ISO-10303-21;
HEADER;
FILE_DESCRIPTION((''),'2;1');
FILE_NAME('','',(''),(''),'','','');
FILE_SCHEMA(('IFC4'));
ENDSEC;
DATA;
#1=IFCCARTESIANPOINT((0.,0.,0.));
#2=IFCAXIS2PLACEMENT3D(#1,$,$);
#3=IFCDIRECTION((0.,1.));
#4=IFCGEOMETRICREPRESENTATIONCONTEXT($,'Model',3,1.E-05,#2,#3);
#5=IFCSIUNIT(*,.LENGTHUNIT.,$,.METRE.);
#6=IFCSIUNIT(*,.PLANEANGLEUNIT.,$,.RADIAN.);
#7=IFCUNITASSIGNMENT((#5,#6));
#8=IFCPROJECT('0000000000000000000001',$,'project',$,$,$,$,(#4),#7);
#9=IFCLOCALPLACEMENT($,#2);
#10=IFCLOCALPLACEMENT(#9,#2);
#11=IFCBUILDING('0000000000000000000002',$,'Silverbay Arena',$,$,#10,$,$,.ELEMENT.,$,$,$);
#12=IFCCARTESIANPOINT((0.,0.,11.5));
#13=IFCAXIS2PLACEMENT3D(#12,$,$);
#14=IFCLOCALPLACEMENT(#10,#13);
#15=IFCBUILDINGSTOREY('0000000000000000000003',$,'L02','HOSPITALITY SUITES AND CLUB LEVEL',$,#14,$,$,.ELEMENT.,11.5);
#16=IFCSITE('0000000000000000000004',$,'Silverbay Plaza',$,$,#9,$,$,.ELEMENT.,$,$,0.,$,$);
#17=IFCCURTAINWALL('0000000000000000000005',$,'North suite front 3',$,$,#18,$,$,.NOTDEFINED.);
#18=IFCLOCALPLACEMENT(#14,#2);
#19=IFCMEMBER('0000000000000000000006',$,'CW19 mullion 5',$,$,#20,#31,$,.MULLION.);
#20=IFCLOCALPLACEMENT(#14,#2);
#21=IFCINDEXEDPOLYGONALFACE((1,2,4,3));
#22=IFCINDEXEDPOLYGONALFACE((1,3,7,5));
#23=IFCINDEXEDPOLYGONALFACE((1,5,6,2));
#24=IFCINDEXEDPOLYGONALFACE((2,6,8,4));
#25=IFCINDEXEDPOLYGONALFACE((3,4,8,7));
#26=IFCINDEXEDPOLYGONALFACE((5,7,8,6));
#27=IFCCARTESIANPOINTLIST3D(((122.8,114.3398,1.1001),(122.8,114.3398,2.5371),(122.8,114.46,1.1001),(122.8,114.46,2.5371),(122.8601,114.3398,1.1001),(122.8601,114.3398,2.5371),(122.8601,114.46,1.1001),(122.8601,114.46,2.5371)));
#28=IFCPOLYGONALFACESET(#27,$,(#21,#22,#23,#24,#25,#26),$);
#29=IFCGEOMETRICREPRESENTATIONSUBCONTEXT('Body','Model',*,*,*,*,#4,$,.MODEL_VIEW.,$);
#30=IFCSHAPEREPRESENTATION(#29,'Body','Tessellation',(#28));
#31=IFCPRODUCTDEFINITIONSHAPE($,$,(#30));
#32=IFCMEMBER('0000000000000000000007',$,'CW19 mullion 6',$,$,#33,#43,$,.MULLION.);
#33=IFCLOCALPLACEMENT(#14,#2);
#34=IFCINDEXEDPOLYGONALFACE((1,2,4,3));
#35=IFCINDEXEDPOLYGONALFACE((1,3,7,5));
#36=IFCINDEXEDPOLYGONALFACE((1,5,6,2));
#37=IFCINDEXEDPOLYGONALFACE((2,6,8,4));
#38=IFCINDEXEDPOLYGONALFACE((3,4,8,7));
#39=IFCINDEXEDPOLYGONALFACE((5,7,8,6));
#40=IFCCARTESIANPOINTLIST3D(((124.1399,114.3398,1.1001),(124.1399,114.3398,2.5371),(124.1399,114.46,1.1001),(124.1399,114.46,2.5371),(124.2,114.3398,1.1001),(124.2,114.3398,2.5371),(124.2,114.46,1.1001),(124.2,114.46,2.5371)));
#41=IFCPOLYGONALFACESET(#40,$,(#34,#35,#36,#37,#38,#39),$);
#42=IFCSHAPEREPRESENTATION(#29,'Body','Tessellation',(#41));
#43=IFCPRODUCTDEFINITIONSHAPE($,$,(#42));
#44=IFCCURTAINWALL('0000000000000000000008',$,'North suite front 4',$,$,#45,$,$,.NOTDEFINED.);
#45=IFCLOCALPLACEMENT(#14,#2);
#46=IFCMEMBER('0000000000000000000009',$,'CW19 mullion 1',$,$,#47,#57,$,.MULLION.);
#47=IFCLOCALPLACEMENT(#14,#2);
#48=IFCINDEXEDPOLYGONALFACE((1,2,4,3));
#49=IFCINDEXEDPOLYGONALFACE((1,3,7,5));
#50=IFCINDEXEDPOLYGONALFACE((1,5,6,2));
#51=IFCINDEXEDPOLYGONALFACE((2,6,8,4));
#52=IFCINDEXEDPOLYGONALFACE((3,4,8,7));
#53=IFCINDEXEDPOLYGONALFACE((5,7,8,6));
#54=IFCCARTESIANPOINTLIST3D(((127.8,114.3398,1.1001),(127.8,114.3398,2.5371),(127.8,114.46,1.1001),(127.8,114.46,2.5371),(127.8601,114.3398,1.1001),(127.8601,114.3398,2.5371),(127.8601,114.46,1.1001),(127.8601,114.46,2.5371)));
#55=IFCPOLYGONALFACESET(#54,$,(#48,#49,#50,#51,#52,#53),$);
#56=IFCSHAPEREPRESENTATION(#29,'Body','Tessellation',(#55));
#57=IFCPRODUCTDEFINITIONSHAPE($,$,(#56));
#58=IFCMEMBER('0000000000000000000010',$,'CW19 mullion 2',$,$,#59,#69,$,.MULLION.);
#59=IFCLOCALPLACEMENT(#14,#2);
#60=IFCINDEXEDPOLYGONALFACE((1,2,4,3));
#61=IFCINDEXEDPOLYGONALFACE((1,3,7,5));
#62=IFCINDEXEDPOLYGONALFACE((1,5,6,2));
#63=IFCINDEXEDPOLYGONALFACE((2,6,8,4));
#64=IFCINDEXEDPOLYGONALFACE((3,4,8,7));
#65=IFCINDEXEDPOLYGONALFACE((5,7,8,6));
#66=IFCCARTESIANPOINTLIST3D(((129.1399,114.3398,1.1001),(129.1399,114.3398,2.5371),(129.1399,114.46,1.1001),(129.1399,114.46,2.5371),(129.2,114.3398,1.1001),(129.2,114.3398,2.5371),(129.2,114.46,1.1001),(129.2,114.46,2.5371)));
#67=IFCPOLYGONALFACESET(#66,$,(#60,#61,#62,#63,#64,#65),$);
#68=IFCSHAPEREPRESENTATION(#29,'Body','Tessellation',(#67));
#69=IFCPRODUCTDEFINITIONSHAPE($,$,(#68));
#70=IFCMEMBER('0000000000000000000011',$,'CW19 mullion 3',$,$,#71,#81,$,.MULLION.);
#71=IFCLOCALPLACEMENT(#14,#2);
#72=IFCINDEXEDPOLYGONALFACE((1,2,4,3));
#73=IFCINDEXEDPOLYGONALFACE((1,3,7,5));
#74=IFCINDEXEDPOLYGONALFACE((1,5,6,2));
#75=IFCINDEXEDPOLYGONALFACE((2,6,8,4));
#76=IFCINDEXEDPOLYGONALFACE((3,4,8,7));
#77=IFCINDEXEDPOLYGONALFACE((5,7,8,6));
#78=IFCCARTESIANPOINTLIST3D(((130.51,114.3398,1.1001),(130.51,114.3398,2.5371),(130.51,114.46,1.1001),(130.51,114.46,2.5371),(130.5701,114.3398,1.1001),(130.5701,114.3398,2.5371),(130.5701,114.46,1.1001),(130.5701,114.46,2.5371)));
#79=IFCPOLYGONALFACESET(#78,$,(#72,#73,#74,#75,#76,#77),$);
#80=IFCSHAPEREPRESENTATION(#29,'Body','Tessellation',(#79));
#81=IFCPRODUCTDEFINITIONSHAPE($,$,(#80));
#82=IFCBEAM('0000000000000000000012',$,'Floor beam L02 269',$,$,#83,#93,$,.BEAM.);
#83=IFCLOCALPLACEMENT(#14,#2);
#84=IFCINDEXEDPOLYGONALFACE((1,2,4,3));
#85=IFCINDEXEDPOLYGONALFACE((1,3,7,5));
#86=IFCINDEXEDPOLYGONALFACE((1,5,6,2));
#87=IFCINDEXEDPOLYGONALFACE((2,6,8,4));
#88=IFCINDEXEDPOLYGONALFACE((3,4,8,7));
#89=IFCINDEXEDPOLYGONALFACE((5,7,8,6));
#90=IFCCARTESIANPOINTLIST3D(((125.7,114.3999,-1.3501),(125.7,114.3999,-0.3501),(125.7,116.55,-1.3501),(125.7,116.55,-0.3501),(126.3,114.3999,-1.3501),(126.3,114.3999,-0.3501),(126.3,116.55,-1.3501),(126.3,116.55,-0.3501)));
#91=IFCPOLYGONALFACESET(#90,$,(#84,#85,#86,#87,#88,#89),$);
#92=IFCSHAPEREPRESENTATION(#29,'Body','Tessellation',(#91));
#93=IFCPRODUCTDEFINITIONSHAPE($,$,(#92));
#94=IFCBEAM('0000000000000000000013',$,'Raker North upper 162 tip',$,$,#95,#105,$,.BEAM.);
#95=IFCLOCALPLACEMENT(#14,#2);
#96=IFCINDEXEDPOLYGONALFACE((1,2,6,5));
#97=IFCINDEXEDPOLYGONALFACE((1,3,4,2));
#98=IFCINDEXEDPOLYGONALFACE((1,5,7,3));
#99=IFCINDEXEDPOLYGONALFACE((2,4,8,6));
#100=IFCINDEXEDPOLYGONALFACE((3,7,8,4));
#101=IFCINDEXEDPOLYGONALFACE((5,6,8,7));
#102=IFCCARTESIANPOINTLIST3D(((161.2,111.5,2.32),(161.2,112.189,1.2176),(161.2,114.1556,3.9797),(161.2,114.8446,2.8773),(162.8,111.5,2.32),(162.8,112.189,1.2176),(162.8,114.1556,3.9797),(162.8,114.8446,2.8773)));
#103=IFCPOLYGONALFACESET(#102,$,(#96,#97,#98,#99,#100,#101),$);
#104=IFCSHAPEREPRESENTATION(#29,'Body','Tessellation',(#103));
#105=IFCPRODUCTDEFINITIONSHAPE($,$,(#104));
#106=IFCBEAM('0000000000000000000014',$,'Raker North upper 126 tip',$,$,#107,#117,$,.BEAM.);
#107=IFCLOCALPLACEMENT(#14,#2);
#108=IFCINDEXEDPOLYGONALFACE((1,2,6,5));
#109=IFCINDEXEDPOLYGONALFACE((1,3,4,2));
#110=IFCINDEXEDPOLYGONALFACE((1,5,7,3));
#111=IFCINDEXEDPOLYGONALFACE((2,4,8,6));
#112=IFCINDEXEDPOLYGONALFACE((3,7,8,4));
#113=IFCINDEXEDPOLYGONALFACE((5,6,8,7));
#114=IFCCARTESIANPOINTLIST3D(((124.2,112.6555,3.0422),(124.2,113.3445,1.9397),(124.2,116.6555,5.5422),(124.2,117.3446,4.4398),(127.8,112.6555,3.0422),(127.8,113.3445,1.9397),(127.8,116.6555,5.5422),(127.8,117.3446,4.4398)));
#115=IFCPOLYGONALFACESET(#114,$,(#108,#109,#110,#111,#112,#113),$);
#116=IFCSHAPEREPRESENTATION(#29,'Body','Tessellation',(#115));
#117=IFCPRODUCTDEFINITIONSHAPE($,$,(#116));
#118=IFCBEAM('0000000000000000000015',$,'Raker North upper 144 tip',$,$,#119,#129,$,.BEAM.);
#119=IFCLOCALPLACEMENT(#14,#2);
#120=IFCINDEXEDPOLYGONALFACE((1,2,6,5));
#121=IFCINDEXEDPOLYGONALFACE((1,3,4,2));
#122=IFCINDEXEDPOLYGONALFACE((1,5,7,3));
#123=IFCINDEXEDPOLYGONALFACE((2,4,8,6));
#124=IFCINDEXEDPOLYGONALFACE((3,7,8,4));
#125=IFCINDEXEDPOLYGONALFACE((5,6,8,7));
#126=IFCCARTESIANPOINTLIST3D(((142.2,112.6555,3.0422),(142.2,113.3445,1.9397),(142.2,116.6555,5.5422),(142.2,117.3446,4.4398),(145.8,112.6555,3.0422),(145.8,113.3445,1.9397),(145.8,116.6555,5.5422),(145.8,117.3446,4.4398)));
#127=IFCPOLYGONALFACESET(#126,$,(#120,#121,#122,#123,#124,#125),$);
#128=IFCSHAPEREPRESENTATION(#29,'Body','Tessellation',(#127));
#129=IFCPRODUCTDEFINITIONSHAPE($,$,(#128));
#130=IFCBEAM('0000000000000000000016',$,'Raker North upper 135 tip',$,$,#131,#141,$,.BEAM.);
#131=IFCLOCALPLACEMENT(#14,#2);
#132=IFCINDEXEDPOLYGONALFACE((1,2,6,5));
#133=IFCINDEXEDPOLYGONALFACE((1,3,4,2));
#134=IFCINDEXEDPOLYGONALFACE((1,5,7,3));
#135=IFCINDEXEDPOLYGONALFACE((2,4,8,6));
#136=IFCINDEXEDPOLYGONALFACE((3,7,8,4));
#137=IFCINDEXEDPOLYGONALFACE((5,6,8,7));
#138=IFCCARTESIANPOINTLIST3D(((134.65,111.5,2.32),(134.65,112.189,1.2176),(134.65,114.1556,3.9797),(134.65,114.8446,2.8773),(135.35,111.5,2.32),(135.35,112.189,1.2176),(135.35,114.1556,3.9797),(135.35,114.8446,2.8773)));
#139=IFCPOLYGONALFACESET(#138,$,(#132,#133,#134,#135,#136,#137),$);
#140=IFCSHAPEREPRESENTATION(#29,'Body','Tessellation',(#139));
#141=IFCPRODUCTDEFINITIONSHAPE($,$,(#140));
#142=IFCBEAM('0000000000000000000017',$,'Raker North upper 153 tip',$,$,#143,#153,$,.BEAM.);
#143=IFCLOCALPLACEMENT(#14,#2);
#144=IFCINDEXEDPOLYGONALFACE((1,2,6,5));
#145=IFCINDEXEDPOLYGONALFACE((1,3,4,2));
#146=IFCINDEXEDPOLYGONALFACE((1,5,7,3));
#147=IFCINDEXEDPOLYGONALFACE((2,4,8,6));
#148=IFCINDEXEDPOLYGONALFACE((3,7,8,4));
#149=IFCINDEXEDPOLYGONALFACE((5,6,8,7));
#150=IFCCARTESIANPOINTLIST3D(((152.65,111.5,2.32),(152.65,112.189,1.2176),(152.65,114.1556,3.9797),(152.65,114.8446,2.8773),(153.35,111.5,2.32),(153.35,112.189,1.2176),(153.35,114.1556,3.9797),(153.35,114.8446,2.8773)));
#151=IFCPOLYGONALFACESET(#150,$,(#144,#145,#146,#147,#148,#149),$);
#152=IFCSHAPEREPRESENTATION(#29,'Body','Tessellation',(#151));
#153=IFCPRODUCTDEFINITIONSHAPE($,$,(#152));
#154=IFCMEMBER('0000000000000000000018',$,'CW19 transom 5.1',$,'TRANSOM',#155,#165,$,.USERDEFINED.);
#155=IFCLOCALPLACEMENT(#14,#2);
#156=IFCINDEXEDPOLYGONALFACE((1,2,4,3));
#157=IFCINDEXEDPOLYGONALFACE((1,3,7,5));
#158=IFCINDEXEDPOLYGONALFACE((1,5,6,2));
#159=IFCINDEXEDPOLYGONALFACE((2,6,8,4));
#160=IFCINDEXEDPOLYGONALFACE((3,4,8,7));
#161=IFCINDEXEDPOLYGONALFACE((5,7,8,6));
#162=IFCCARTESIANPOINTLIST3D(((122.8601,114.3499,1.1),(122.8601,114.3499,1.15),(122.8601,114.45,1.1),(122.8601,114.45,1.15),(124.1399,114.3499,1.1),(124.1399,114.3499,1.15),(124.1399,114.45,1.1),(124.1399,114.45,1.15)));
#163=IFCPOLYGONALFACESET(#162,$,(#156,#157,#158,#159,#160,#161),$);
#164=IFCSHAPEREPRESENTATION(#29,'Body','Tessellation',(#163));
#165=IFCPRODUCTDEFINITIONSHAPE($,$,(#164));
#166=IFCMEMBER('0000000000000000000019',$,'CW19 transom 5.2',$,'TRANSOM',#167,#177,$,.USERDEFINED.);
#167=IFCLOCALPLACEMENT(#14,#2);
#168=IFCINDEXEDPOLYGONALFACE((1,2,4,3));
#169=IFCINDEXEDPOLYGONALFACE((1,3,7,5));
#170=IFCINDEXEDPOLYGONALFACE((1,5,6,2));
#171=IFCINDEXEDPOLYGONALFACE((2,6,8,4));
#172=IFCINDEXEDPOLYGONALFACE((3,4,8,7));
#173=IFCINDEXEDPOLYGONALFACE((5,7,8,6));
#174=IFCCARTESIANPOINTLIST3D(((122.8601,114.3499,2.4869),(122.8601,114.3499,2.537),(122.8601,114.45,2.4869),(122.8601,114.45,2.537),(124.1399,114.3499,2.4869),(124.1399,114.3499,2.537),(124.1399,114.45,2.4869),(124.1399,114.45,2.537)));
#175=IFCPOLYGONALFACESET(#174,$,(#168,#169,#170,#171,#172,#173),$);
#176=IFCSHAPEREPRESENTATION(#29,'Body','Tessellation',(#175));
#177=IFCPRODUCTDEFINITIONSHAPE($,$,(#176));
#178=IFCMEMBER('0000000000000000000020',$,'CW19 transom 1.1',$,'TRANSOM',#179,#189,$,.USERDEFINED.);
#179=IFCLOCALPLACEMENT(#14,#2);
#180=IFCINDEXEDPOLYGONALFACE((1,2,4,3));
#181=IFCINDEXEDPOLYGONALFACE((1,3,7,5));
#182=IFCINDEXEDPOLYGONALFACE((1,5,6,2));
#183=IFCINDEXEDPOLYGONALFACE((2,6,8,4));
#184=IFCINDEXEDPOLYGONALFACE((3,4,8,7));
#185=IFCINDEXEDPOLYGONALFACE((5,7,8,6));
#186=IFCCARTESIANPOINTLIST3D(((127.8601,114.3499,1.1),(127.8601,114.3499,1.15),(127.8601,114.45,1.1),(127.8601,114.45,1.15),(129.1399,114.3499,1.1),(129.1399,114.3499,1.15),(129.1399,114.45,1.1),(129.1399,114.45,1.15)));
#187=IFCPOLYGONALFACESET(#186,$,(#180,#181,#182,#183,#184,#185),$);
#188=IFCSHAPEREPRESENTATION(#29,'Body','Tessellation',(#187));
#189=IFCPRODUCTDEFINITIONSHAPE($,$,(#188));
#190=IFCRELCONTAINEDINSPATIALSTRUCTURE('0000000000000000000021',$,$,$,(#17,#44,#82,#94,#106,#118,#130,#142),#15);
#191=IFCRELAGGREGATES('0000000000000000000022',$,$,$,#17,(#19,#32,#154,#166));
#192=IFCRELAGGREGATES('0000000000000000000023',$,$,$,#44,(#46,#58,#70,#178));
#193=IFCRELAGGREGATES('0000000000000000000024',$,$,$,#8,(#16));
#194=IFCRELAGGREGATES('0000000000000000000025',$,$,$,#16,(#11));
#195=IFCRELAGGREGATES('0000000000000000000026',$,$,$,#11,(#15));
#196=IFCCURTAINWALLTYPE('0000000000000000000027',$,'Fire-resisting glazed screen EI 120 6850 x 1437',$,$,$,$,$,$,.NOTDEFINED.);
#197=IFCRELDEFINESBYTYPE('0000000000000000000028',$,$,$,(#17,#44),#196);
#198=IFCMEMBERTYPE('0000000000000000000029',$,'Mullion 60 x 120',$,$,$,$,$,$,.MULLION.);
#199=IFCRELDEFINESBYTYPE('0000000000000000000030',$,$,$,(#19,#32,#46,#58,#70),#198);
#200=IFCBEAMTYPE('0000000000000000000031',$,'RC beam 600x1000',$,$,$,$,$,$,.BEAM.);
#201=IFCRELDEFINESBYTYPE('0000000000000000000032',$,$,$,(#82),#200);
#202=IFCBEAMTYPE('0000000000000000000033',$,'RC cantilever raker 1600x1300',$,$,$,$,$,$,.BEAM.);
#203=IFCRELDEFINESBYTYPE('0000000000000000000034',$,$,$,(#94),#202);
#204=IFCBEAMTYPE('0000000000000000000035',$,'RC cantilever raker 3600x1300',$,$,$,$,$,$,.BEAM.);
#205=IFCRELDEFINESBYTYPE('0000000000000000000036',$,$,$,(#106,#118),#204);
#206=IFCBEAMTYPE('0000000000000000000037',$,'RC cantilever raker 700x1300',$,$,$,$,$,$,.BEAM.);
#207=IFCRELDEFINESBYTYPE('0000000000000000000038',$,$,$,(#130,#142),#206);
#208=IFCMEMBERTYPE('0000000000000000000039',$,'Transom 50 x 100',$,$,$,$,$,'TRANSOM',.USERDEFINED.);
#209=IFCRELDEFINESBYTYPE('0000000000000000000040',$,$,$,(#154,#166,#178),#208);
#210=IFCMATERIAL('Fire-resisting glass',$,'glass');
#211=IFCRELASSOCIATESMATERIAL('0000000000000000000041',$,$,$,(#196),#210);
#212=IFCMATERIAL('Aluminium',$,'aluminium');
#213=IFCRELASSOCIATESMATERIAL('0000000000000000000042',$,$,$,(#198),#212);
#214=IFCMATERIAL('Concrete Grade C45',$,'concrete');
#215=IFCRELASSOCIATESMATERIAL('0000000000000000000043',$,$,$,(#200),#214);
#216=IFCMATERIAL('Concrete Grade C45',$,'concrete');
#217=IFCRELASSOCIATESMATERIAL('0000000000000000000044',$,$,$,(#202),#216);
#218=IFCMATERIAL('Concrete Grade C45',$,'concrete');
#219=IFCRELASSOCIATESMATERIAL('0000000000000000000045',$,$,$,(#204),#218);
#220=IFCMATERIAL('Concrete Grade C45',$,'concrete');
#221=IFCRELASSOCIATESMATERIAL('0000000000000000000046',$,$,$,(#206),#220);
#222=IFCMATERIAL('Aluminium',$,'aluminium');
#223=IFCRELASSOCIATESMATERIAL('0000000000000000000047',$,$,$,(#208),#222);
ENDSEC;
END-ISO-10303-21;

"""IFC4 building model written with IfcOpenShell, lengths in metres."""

from ifc_helpers import new_model, si_unit, direction, frame, origin, origin_2d, place, context, subcontext, project, spatial, rectangle, extrude, material, material_profile, profile_set, type_object, element, aggregate, save


model = new_model("IFC4")

# Units and contexts
model_context = context("Model", 3, precision=1e-05, world=origin(), true_north=direction((0.0, 1.0)))
body_context = subcontext(model_context, "Body", "Model", "MODEL_VIEW")
ifc_project = project(units=[si_unit("LENGTHUNIT", "METRE"), si_unit("PLANEANGLEUNIT", "RADIAN")], contexts=[model_context])

# Site, building, storey
site_placement = place(None, origin())
site = spatial("IfcSite", under=ifc_project, at=site_placement, Name="Silverbay Plaza", CompositionType="ELEMENT", RefElevation=0.0)
building_placement = place(site_placement, origin())
building = spatial("IfcBuilding", under=site, at=building_placement, Name="Silverbay Arena", CompositionType="ELEMENT")
storey_placement = place(building_placement, frame((0.0, 0.0, 11.5)))
storey = spatial("IfcBuildingStorey", under=building, at=storey_placement, Name="L02", Description="HOSPITALITY SUITES AND CLUB LEVEL", CompositionType="ELEMENT", Elevation=11.5)

# Curtain walls, members
ifc_material_1 = material(Name="Fire-resisting glass", Category="glass")
curtain_wall_type = type_object("IfcCurtainWallType", Name="Fire-resisting glazed screen EI 120 6850 x 1437", PredefinedType="NOTDEFINED", material=ifc_material_1)
curtain_wall_1_placement = place(storey_placement, origin())
curtain_wall_1 = element("IfcCurtainWall", 1, at=curtain_wall_1_placement, inside=storey, type_object=curtain_wall_type, Name="North suite front 3", PredefinedType="NOTDEFINED")
ifc_material_2 = material(Name="Aluminium", Category="aluminium")
ifc_material_profile_1 = material_profile(ifc_material_2, rectangle(XDim=0.1201, YDim=0.0601, at=origin_2d()), Name="Mullion 60 x 120")
ifc_profile_set_1 = profile_set([ifc_material_profile_1], Name="Aluminium")
member_type_1 = type_object("IfcMemberType", Name="Mullion 60 x 120", PredefinedType="MULLION", material=ifc_profile_set_1)
member_1_placement = place(storey_placement, frame((122.8301, 114.3999, 1.1001), z_axis=(0.0, 0.0, 1.0), x_axis=(0.0, 1.0, 0.0)))
member_1 = element("IfcMember", 2, at=member_1_placement, type_object=member_type_1, Name="CW19 mullion 5", PredefinedType="MULLION", context=body_context, shape_type="SweptSolid", body=[
    extrude(rectangle(XDim=0.1201, YDim=0.0601, at=origin_2d()), origin(), (0.0, 0.0, 1.0), 1.437),
])
member_2_placement = place(storey_placement, frame((124.1699, 114.3999, 1.1001), z_axis=(0.0, 0.0, 1.0), x_axis=(0.0, 1.0, 0.0)))
member_2 = element("IfcMember", 3, at=member_2_placement, type_object=member_type_1, Name="CW19 mullion 6", PredefinedType="MULLION", context=body_context, shape_type="SweptSolid", body=[
    extrude(rectangle(XDim=0.1201, YDim=0.0601, at=origin_2d()), origin(), (0.0, 0.0, 1.0), 1.437),
])
curtain_wall_2_placement = place(storey_placement, origin())
curtain_wall_2 = element("IfcCurtainWall", 4, at=curtain_wall_2_placement, inside=storey, type_object=curtain_wall_type, Name="North suite front 4", PredefinedType="NOTDEFINED")
member_3_placement = place(storey_placement, frame((127.8301, 114.3999, 1.1001), z_axis=(0.0, 0.0, 1.0), x_axis=(0.0, 1.0, 0.0)))
member_3 = element("IfcMember", 5, at=member_3_placement, type_object=member_type_1, Name="CW19 mullion 1", PredefinedType="MULLION", context=body_context, shape_type="SweptSolid", body=[
    extrude(rectangle(XDim=0.1201, YDim=0.0601, at=origin_2d()), origin(), (0.0, 0.0, 1.0), 1.437),
])
member_4_placement = place(storey_placement, frame((129.1699, 114.3999, 1.1001), z_axis=(0.0, 0.0, 1.0), x_axis=(0.0, 1.0, 0.0)))
member_4 = element("IfcMember", 6, at=member_4_placement, type_object=member_type_1, Name="CW19 mullion 2", PredefinedType="MULLION", context=body_context, shape_type="SweptSolid", body=[
    extrude(rectangle(XDim=0.1201, YDim=0.0601, at=origin_2d()), origin(), (0.0, 0.0, 1.0), 1.437),
])
member_5_placement = place(storey_placement, frame((130.54, 114.3999, 1.1001), z_axis=(0.0, 0.0, 1.0), x_axis=(0.0, 1.0, 0.0)))
member_5 = element("IfcMember", 7, at=member_5_placement, type_object=member_type_1, Name="CW19 mullion 3", PredefinedType="MULLION", context=body_context, shape_type="SweptSolid", body=[
    extrude(rectangle(XDim=0.1201, YDim=0.0601, at=origin_2d()), origin(), (0.0, 0.0, 1.0), 1.437),
])

# Beams
ifc_material_3 = material(Name="Concrete Grade C45", Category="concrete")
ifc_material_profile_2 = material_profile(ifc_material_3, rectangle(XDim=0.6001, YDim=1.0, at=origin_2d()), Name="RC 600x1000")
ifc_profile_set_2 = profile_set([ifc_material_profile_2], Name="Concrete Grade C45")
beam_type_1 = type_object("IfcBeamType", Name="RC beam 600x1000", PredefinedType="BEAM", material=ifc_profile_set_2)
beam_1_placement = place(storey_placement, frame((126.0, 114.3999, -0.8501), z_axis=(0.0, 1.0, 0.0), x_axis=(-1.0, 0.0, 0.0)))
element("IfcBeam", 8, at=beam_1_placement, inside=storey, type_object=beam_type_1, Name="Floor beam L02 269", PredefinedType="BEAM", context=body_context, shape_type="SweptSolid", body=[
    extrude(rectangle(XDim=0.6001, YDim=1.0, at=origin_2d()), origin(), (0.0, 0.0, 1.0), 2.1501),
])
ifc_material_4 = material(Name="Concrete Grade C45", Category="concrete")
ifc_material_profile_3 = material_profile(ifc_material_4, rectangle(XDim=1.6001, YDim=1.3, at=origin_2d()), Name="RC 1600x1300")
ifc_profile_set_3 = profile_set([ifc_material_profile_3], Name="Concrete Grade C45")
beam_type_2 = type_object("IfcBeamType", Name="RC cantilever raker 1600x1300", PredefinedType="BEAM", material=ifc_profile_set_3)
beam_2_placement = place(storey_placement, frame((162.0, 111.8445, 1.7688), z_axis=(0.0, 0.848003, 0.529992), x_axis=(-1.0, 0.0, 0.0)))
element("IfcBeam", 9, at=beam_2_placement, inside=storey, type_object=beam_type_2, Name="Raker North upper 162 tip", PredefinedType="BEAM", context=body_context, shape_type="SweptSolid", body=[
    extrude(rectangle(XDim=1.6001, YDim=1.3, at=origin_2d()), origin(), (0.0, 0.0, 1.0), 3.1316),
])
ifc_material_5 = material(Name="Concrete Grade C45", Category="concrete")
ifc_material_profile_4 = material_profile(ifc_material_5, rectangle(XDim=3.6001, YDim=1.3, at=origin_2d()), Name="RC 3600x1300")
ifc_profile_set_4 = profile_set([ifc_material_profile_4], Name="Concrete Grade C45")
beam_type_3 = type_object("IfcBeamType", Name="RC cantilever raker 3600x1300", PredefinedType="BEAM", material=ifc_profile_set_4)
for number, where, z_axis, x_axis, name in (
    (10, (126.0, 113.0, 2.491), (0.0, 0.847998, 0.529999), (-1.0, 0.0, 0.0), "Raker North upper 126 tip"),
    (11, (144.0, 113.0, 2.491), (0.0, 0.847998, 0.529999), (-1.0, 0.0, 0.0), "Raker North upper 144 tip"),
):
    element("IfcBeam", number, at=place(storey_placement, frame(where, z_axis=z_axis, x_axis=x_axis)), inside=storey, type_object=beam_type_3, Name=name, PredefinedType="BEAM", context=body_context, shape_type="SweptSolid", body=[
        extrude(rectangle(XDim=3.6001, YDim=1.3, at=origin_2d()), origin(), (0.0, 0.0, 1.0), 4.717),
    ])
ifc_material_6 = material(Name="Concrete Grade C45", Category="concrete")
ifc_material_profile_5 = material_profile(ifc_material_6, rectangle(XDim=0.7, YDim=1.3, at=origin_2d()), Name="RC 700x1300")
ifc_profile_set_5 = profile_set([ifc_material_profile_5], Name="Concrete Grade C45")
beam_type_4 = type_object("IfcBeamType", Name="RC cantilever raker 700x1300", PredefinedType="BEAM", material=ifc_profile_set_5)
for number, where, z_axis, x_axis, name in (
    (12, (135.0, 111.8445, 1.7688), (0.0, 0.848003, 0.529992), (-1.0, 0.0, 0.0), "Raker North upper 135 tip"),
    (13, (153.0, 111.8445, 1.7688), (0.0, 0.848003, 0.529992), (-1.0, 0.0, 0.0), "Raker North upper 153 tip"),
):
    element("IfcBeam", number, at=place(storey_placement, frame(where, z_axis=z_axis, x_axis=x_axis)), inside=storey, type_object=beam_type_4, Name=name, PredefinedType="BEAM", context=body_context, shape_type="SweptSolid", body=[
        extrude(rectangle(XDim=0.7, YDim=1.3, at=origin_2d()), origin(), (0.0, 0.0, 1.0), 3.1316),
    ])

# Members
ifc_material_7 = material(Name="Aluminium", Category="aluminium")
ifc_material_profile_6 = material_profile(ifc_material_7, rectangle(XDim=0.1001, YDim=0.05, at=origin_2d()), Name="Transom 50 x 100")
ifc_profile_set_6 = profile_set([ifc_material_profile_6], Name="Aluminium")
member_type_2 = type_object("IfcMemberType", Name="Transom 50 x 100", ElementType="TRANSOM", PredefinedType="USERDEFINED", material=ifc_profile_set_6)
member_6_placement = place(storey_placement, frame((122.8601, 114.3999, 1.125), z_axis=(1.0, 0.0, 0.0), x_axis=(0.0, 1.0, 0.0)))
member_6 = element("IfcMember", 14, at=member_6_placement, type_object=member_type_2, Name="CW19 transom 5.1", ObjectType="TRANSOM", PredefinedType="USERDEFINED", context=body_context, shape_type="SweptSolid", body=[
    extrude(rectangle(XDim=0.1001, YDim=0.05, at=origin_2d()), origin(), (0.0, 0.0, 1.0), 1.2798),
])
member_7_placement = place(storey_placement, frame((122.8601, 114.3999, 2.512), z_axis=(1.0, 0.0, 0.0), x_axis=(0.0, 1.0, 0.0)))
member_7 = element("IfcMember", 15, at=member_7_placement, type_object=member_type_2, Name="CW19 transom 5.2", ObjectType="TRANSOM", PredefinedType="USERDEFINED", context=body_context, shape_type="SweptSolid", body=[
    extrude(rectangle(XDim=0.1001, YDim=0.05, at=origin_2d()), origin(), (0.0, 0.0, 1.0), 1.2798),
])
member_8_placement = place(storey_placement, frame((127.8601, 114.3999, 1.125), z_axis=(1.0, 0.0, 0.0), x_axis=(0.0, 1.0, 0.0)))
member_8 = element("IfcMember", 16, at=member_8_placement, type_object=member_type_2, Name="CW19 transom 1.1", ObjectType="TRANSOM", PredefinedType="USERDEFINED", context=body_context, shape_type="SweptSolid", body=[
    extrude(rectangle(XDim=0.1001, YDim=0.05, at=origin_2d()), origin(), (0.0, 0.0, 1.0), 1.2798),
])

aggregate(curtain_wall_1, [member_1, member_2, member_6, member_7])
aggregate(curtain_wall_2, [member_3, member_4, member_5, member_8])

save(model, "model.ifc")
